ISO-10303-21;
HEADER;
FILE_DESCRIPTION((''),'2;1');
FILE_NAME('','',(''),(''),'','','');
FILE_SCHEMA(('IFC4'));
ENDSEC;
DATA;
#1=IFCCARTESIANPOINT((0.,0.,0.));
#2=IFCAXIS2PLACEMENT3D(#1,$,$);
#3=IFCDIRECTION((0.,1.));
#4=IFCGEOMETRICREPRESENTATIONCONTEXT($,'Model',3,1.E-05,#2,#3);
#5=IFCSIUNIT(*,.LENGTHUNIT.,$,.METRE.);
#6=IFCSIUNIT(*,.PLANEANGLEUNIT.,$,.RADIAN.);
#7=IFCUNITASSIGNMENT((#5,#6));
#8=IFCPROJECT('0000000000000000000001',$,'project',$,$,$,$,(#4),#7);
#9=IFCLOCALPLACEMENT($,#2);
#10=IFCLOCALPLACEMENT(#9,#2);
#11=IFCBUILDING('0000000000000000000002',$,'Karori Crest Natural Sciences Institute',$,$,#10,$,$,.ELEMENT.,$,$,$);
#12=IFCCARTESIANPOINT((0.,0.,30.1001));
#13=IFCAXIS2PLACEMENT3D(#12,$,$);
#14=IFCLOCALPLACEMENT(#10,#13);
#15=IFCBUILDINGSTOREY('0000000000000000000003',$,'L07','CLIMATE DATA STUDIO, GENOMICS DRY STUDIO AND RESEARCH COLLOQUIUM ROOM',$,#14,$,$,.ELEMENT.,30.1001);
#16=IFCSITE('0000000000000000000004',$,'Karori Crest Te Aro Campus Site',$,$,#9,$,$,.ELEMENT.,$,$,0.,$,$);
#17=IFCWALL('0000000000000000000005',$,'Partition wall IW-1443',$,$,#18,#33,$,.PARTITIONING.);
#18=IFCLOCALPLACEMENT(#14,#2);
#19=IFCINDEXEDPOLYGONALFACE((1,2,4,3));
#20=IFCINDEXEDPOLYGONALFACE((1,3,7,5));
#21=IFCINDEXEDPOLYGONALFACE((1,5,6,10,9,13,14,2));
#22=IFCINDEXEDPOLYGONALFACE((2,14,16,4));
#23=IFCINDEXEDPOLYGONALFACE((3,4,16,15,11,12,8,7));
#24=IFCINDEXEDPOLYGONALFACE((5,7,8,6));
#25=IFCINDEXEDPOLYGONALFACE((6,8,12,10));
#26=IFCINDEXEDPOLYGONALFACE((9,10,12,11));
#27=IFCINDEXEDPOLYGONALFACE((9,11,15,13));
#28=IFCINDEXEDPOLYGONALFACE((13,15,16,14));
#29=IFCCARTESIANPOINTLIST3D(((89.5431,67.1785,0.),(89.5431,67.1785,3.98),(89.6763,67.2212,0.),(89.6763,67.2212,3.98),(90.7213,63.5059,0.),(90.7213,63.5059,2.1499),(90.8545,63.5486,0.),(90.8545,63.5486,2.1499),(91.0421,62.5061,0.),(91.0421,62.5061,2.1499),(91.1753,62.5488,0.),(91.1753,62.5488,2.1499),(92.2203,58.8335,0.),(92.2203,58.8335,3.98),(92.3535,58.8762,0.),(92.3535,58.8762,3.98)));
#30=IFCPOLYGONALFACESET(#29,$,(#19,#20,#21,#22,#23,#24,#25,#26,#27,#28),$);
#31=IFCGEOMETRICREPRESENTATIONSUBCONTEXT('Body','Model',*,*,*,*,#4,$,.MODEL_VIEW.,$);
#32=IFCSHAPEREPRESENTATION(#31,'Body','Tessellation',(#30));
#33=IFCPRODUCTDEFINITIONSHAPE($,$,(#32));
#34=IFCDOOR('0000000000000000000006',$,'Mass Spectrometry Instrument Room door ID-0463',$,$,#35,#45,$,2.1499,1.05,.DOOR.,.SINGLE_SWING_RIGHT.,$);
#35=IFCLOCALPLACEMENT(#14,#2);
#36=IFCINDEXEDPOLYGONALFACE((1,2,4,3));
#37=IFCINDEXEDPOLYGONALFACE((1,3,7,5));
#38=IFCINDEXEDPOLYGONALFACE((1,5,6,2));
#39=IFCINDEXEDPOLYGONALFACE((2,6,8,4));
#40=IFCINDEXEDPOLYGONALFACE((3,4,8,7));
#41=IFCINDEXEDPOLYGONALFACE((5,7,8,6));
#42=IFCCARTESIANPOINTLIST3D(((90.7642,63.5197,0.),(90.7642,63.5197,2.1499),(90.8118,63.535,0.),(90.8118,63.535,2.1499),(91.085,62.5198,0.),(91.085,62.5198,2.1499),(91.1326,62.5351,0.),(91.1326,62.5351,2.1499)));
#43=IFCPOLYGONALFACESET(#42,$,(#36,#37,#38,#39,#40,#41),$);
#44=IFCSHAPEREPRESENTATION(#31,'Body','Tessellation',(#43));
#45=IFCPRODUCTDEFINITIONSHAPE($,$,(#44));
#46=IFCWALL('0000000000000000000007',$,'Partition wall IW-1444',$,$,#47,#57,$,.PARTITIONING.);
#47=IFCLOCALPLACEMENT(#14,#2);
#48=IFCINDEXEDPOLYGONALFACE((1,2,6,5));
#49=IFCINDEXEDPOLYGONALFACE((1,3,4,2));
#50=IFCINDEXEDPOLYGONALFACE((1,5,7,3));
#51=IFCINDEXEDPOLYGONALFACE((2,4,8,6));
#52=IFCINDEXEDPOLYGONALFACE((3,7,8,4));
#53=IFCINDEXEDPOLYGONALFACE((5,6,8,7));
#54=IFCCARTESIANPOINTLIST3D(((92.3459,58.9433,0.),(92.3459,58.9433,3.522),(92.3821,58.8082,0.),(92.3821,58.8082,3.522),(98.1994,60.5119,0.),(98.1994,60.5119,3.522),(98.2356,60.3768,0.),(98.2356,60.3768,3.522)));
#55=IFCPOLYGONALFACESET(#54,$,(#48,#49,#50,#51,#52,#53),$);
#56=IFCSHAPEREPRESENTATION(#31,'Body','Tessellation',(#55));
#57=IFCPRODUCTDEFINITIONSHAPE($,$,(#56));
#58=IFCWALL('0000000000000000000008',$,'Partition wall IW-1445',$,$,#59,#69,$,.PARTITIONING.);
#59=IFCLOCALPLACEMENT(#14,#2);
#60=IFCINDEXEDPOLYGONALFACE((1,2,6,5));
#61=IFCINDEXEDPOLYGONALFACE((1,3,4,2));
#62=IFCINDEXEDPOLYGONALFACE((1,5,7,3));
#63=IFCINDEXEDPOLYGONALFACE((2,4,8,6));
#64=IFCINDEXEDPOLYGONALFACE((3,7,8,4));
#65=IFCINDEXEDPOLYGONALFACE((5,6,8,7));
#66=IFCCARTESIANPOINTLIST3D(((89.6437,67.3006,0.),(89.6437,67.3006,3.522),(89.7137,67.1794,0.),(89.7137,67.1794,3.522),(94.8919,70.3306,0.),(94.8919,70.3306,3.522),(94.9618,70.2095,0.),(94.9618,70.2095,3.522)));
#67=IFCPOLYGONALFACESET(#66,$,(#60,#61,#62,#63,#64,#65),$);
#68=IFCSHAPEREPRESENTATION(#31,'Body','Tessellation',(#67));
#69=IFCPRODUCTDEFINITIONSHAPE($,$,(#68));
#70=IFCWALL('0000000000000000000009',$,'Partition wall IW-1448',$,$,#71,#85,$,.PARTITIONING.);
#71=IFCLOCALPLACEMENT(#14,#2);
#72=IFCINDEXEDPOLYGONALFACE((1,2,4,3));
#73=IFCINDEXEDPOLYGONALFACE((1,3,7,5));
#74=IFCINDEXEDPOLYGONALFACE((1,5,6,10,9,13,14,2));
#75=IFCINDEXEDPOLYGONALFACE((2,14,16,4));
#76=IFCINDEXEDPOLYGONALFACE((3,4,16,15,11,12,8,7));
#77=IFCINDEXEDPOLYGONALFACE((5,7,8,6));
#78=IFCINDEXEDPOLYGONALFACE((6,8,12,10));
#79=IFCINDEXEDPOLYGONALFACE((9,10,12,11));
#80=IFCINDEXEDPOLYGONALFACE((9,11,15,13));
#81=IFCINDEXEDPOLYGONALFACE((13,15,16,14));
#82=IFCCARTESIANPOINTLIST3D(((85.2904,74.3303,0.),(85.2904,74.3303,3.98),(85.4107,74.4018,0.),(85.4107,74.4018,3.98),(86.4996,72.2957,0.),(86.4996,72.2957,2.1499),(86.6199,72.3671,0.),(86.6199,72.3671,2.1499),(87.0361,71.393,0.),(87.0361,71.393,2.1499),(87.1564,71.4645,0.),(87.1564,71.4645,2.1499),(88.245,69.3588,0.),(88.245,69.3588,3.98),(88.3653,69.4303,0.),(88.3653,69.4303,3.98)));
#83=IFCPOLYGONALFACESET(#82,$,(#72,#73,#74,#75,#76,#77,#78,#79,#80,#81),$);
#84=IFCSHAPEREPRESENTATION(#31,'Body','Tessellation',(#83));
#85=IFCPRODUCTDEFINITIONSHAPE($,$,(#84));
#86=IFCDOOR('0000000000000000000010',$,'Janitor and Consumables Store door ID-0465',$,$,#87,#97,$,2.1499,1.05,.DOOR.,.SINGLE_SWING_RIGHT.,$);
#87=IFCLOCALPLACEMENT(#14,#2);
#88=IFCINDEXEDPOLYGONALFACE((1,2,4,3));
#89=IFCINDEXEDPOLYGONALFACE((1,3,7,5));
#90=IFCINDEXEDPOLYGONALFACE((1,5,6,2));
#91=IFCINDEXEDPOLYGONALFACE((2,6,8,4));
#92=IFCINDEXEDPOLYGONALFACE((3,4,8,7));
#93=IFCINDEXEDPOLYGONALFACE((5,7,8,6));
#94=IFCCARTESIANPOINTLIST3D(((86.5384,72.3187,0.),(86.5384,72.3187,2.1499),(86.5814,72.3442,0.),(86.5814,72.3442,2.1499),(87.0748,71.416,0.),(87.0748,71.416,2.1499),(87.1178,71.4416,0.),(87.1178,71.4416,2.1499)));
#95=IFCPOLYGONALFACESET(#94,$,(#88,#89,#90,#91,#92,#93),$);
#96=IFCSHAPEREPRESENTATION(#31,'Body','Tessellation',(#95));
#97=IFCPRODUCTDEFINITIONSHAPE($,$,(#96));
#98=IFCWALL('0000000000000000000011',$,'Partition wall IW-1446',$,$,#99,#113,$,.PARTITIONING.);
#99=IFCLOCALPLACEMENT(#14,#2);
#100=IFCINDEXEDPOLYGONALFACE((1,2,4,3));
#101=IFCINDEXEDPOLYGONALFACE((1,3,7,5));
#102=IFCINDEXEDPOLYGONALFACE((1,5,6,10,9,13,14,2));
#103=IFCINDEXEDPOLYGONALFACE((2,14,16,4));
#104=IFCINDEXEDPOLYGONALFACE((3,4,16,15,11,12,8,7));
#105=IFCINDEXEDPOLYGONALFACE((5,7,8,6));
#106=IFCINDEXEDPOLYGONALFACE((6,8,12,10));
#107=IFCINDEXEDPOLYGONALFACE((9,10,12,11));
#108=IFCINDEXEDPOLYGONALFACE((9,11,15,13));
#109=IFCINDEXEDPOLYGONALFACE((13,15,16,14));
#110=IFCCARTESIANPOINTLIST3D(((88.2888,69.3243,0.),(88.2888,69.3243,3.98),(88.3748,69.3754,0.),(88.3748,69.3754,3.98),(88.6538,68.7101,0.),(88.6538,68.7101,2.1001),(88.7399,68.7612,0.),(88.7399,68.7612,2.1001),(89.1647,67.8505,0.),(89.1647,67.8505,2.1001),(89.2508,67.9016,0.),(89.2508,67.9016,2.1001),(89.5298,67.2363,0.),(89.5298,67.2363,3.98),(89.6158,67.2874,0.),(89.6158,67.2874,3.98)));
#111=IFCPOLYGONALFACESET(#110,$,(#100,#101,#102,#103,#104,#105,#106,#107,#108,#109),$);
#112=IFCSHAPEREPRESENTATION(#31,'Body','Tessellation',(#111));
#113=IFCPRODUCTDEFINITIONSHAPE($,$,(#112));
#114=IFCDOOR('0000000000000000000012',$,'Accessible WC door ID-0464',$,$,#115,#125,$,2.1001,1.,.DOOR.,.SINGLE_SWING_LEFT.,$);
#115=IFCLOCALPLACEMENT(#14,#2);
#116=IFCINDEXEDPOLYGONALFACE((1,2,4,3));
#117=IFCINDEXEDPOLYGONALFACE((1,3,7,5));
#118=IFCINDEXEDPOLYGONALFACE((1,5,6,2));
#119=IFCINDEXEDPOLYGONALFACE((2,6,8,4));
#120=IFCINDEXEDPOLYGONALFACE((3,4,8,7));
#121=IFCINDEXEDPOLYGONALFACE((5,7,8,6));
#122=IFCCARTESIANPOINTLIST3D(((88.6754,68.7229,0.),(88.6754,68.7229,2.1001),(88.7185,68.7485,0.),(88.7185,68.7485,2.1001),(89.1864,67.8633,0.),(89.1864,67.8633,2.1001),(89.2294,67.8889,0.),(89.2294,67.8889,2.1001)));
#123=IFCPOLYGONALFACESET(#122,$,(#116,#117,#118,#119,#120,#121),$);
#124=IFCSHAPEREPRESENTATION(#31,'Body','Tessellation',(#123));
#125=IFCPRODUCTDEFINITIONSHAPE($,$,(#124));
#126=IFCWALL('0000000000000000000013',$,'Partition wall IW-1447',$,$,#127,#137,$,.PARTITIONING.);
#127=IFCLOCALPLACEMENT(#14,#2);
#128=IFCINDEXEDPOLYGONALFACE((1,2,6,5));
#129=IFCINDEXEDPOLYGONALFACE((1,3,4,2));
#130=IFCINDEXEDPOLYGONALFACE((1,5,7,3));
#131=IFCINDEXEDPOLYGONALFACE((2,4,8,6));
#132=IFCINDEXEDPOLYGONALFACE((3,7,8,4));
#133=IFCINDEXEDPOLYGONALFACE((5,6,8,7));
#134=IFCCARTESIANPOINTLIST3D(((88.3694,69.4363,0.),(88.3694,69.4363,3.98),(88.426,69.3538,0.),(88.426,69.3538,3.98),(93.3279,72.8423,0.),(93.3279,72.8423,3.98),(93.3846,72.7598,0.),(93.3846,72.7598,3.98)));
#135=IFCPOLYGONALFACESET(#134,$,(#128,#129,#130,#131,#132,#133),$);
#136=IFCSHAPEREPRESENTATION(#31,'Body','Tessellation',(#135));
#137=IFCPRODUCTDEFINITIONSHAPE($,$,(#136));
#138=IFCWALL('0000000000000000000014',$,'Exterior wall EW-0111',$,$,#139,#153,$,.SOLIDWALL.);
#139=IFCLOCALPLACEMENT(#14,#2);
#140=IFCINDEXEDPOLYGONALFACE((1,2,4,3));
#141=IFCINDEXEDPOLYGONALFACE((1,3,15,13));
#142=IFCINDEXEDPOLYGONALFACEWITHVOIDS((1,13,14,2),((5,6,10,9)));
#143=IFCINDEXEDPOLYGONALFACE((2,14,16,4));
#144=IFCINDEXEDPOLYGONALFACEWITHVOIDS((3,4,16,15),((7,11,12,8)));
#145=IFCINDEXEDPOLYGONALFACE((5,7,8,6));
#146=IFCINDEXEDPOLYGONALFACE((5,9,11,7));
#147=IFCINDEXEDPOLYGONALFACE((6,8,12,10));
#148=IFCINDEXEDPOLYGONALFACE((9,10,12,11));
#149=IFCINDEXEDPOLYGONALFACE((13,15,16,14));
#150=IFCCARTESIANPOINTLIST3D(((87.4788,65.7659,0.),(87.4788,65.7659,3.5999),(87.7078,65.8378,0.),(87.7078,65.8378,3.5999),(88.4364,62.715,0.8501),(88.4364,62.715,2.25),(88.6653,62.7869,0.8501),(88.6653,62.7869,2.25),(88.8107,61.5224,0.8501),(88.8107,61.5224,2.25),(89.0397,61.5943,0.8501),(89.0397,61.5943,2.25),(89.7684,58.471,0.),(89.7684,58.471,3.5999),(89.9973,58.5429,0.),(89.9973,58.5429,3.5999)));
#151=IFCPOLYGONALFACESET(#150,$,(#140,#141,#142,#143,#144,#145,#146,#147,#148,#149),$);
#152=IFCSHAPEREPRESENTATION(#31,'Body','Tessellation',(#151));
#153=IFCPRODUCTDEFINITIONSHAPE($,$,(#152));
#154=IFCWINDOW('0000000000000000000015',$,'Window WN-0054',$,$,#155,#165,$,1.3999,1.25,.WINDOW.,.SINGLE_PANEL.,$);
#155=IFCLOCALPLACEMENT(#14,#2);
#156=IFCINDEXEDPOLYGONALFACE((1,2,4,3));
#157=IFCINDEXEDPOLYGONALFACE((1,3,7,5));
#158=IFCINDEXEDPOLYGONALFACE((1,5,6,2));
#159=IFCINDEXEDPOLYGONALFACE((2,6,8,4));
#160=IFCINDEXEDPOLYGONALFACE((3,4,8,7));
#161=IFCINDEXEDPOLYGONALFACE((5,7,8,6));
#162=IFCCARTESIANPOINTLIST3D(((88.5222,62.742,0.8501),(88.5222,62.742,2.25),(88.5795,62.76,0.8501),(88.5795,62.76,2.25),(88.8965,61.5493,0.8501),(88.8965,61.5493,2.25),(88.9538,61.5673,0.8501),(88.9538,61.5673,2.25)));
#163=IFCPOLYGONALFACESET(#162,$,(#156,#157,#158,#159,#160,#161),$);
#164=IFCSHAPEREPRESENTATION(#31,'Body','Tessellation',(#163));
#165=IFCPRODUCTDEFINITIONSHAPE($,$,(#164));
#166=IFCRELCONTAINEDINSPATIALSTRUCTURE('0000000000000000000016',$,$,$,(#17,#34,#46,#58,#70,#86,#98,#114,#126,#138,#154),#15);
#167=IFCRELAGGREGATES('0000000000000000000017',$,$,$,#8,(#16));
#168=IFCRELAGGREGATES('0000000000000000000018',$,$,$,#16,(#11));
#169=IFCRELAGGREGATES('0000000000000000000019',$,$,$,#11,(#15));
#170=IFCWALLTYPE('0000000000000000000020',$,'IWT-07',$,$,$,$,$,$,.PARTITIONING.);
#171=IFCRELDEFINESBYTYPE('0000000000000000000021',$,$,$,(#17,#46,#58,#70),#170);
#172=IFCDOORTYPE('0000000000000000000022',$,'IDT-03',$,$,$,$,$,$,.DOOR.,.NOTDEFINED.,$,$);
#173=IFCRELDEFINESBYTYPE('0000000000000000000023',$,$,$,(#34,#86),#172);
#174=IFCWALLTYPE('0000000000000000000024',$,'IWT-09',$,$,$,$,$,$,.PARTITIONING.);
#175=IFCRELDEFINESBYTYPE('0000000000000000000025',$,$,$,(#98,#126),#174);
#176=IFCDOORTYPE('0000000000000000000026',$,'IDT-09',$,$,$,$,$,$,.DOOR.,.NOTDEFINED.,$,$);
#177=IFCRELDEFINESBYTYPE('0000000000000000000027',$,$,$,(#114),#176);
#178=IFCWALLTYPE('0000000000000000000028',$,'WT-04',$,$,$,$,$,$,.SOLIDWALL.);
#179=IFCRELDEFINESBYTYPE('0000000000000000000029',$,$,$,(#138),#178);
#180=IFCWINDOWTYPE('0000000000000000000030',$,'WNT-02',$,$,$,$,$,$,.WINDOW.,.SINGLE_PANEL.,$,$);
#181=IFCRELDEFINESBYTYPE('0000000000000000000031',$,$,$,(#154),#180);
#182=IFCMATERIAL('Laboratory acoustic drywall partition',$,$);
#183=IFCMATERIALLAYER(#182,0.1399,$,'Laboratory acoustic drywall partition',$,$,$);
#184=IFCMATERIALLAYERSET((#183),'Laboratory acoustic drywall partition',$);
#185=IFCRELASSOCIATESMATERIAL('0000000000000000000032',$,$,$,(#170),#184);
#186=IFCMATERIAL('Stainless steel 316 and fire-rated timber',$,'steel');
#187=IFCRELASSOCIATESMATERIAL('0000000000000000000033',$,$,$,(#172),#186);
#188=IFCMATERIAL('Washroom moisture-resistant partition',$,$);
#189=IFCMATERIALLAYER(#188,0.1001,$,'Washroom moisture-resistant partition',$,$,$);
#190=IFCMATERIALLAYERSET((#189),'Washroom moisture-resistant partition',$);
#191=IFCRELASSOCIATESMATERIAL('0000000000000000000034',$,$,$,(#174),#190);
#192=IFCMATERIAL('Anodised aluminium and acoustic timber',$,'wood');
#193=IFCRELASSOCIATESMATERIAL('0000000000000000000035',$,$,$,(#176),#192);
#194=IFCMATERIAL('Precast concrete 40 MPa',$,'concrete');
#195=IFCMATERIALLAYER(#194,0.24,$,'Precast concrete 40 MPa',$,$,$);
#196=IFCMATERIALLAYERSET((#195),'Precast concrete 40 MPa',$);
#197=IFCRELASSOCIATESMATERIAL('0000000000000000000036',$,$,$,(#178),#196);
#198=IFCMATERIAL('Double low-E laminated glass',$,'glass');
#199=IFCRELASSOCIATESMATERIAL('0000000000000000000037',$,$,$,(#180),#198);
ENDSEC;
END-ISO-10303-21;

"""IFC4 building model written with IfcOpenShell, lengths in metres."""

from ifc_helpers import new_model, si_unit, direction, frame, frame_2d, origin, place, context, subcontext, project, spatial, rectangle, extrude, material, layer, layer_set, type_object, element, fill, save


model = new_model("IFC4")

# Units and contexts
model_context = context("Model", 3, precision=1e-05, world=origin(), true_north=direction((0.0, 1.0)))
body_context = subcontext(model_context, "Body", "Model", "MODEL_VIEW")
ifc_project = project(units=[si_unit("LENGTHUNIT", "METRE"), si_unit("PLANEANGLEUNIT", "RADIAN")], contexts=[model_context])

# Site, building, storey
site_placement = place(None, origin())
site = spatial("IfcSite", under=ifc_project, at=site_placement, Name="Karori Crest Te Aro Campus Site", CompositionType="ELEMENT", RefElevation=0.0)
building_placement = place(site_placement, origin())
building = spatial("IfcBuilding", under=site, at=building_placement, Name="Karori Crest Natural Sciences Institute", CompositionType="ELEMENT")
storey_placement = place(building_placement, frame((0.0, 0.0, 30.1001)))
storey = spatial("IfcBuildingStorey", under=building, at=storey_placement, Name="L07", Description="CLIMATE DATA STUDIO, GENOMICS DRY STUDIO AND RESEARCH COLLOQUIUM ROOM", CompositionType="ELEMENT", Elevation=30.1001)

# Shared definitions
ifc_material_1 = material(Name="Double low-E laminated glass", Category="glass")

# Wall, opening, door
ifc_material_2 = material(Name="Laboratory acoustic drywall partition")
ifc_layer_1 = layer(ifc_material_2, 0.1399, Name="Laboratory acoustic drywall partition")
ifc_layer_set_1 = layer_set([ifc_layer_1], Name="Laboratory acoustic drywall partition")
wall_type_1 = type_object("IfcWallType", Name="IWT-07", PredefinedType="PARTITIONING", material=ifc_layer_set_1)
wall_1_placement = place(storey_placement, frame((92.2869, 58.855, 0.0), z_axis=(0.0, 0.0, 1.0), x_axis=(-0.305485, 0.952197, 0.0)))
wall_1 = element("IfcWall", 1, at=wall_1_placement, inside=storey, type_object=wall_type_1, Name="Partition wall IW-1443", PredefinedType="PARTITIONING", context=body_context, shape_type="SweptSolid", body=[
    extrude(rectangle(XDim=8.7639, YDim=0.1399, at=frame_2d((4.3818, 0.0))), origin(), (0.0, 0.0, 1.0), 3.98),
])
opening_1_placement = place(wall_1_placement, frame((3.8569, 0.0, 0.0)))
opening_1 = element("IfcOpeningElement", 2, at=opening_1_placement, cuts=wall_1, PredefinedType="OPENING", context=body_context, shape_type="SweptSolid", body=[
    extrude(rectangle(XDim=1.05, YDim=2.1499, at=frame_2d((0.5249, 1.075))), frame((0.0, 0.0801, 0.0), z_axis=(0.0, -1.0, 0.0), x_axis=(1.0, 0.0, 0.0)), (0.0, 0.0, 1.0), 0.1599),
])
ifc_material_3 = material(Name="Stainless steel 316 and fire-rated timber", Category="steel")
door_type_1 = type_object("IfcDoorType", Name="IDT-03", OperationType="NOTDEFINED", PredefinedType="DOOR", material=ifc_material_3)
door_1_placement = place(opening_1_placement, origin())
door_1 = element("IfcDoor", 3, at=door_1_placement, inside=storey, type_object=door_type_1, Name="Mass Spectrometry Instrument Room door ID-0463", OperationType="SINGLE_SWING_RIGHT", OverallHeight=2.1499, OverallWidth=1.05, PredefinedType="DOOR", context=body_context, shape_type="SweptSolid", body=[
    extrude(rectangle(XDim=1.05, YDim=2.1499, at=frame_2d((0.5249, 1.075))), frame((0.0, 0.0249, 0.0), z_axis=(0.0, -1.0, 0.0), x_axis=(1.0, 0.0, 0.0)), (0.0, 0.0, 1.0), 0.05),
])
fill(opening_1, door_1)

# Walls
for number, where, z_axis, x_axis, name in (
    (4, (92.364, 58.8757, 0.0), (0.0, 0.0, 1.0), (0.965919, 0.258843, 0.0), "Partition wall IW-1444"),
    (5, (89.6787, 67.24, 0.0), (0.0, 0.0, 1.0), (0.866021, 0.500008, 0.0), "Partition wall IW-1445"),
):
    element("IfcWall", number, at=place(storey_placement, frame(where, z_axis=z_axis, x_axis=x_axis)), inside=storey, type_object=wall_type_1, Name=name, PredefinedType="PARTITIONING", context=body_context, shape_type="SweptSolid", body=[
        extrude(rectangle(XDim=6.0601, YDim=0.1399, at=frame_2d((3.03, 0.0))), origin(), (0.0, 0.0, 1.0), 3.522),
    ])

# Walls, openings, doors
wall_2_placement = place(storey_placement, frame((88.3052, 69.3945, 0.0), z_axis=(0.0, 0.0, 1.0), x_axis=(-0.510897, 0.859642, 0.0)))
wall_2 = element("IfcWall", 6, at=wall_2_placement, inside=storey, type_object=wall_type_1, Name="Partition wall IW-1448", PredefinedType="PARTITIONING", context=body_context, shape_type="SweptSolid", body=[
    extrude(rectangle(XDim=5.7832, YDim=0.1399, at=frame_2d((2.8916, 0.0))), origin(), (0.0, 0.0, 1.0), 3.98),
])
opening_2_placement = place(wall_2_placement, frame((2.3665, 0.0, 0.0)))
opening_2 = element("IfcOpeningElement", 7, at=opening_2_placement, cuts=wall_2, PredefinedType="OPENING", context=body_context, shape_type="SweptSolid", body=[
    extrude(rectangle(XDim=1.05, YDim=2.1499, at=frame_2d((0.5249, 1.075))), frame((0.0, 0.0801, 0.0), z_axis=(0.0, -1.0, 0.0), x_axis=(1.0, 0.0, 0.0)), (0.0, 0.0, 1.0), 0.1599),
])
door_2_placement = place(opening_2_placement, origin())
door_2 = element("IfcDoor", 8, at=door_2_placement, inside=storey, type_object=door_type_1, Name="Janitor and Consumables Store door ID-0465", OperationType="SINGLE_SWING_RIGHT", OverallHeight=2.1499, OverallWidth=1.05, PredefinedType="DOOR", context=body_context, shape_type="SweptSolid", body=[
    extrude(rectangle(XDim=1.05, YDim=2.1499, at=frame_2d((0.5249, 1.075))), frame((0.0, 0.0249, 0.0), z_axis=(0.0, -1.0, 0.0), x_axis=(1.0, 0.0, 0.0)), (0.0, 0.0, 1.0), 0.05),
])
fill(opening_2, door_2)
ifc_material_4 = material(Name="Washroom moisture-resistant partition")
ifc_layer_2 = layer(ifc_material_4, 0.1001, Name="Washroom moisture-resistant partition")
ifc_layer_set_2 = layer_set([ifc_layer_2], Name="Washroom moisture-resistant partition")
wall_type_2 = type_object("IfcWallType", Name="IWT-09", PredefinedType="PARTITIONING", material=ifc_layer_set_2)
wall_3_placement = place(storey_placement, frame((89.5728, 67.262, 0.0), z_axis=(0.0, 0.0, 1.0), x_axis=(-0.510929, 0.859623, 0.0)))
wall_3 = element("IfcWall", 9, at=wall_3_placement, inside=storey, type_object=wall_type_2, Name="Partition wall IW-1446", PredefinedType="PARTITIONING", context=body_context, shape_type="SweptSolid", body=[
    extrude(rectangle(XDim=2.429, YDim=0.1001, at=frame_2d((1.2144, 0.0))), origin(), (0.0, 0.0, 1.0), 3.98),
])
opening_3_placement = place(wall_3_placement, frame((0.7144, 0.0, 0.0)))
opening_3 = element("IfcOpeningElement", 10, at=opening_3_placement, cuts=wall_3, PredefinedType="OPENING", context=body_context, shape_type="SweptSolid", body=[
    extrude(rectangle(XDim=1.0, YDim=2.1001, at=frame_2d((0.5, 1.05))), frame((0.0, 0.0601, 0.0), z_axis=(0.0, -1.0, 0.0), x_axis=(1.0, 0.0, 0.0)), (0.0, 0.0, 1.0), 0.1201),
])
ifc_material_5 = material(Name="Anodised aluminium and acoustic timber", Category="wood")
door_type_2 = type_object("IfcDoorType", Name="IDT-09", OperationType="NOTDEFINED", PredefinedType="DOOR", material=ifc_material_5)
door_3_placement = place(opening_3_placement, origin())
door_3 = element("IfcDoor", 11, at=door_3_placement, inside=storey, type_object=door_type_2, Name="Accessible WC door ID-0464", OperationType="SINGLE_SWING_LEFT", OverallHeight=2.1001, OverallWidth=1.0, PredefinedType="DOOR", context=body_context, shape_type="SweptSolid", body=[
    extrude(rectangle(XDim=1.0, YDim=2.1001, at=frame_2d((0.5, 1.05))), frame((0.0, 0.0249, 0.0), z_axis=(0.0, -1.0, 0.0), x_axis=(1.0, 0.0, 0.0)), (0.0, 0.0, 1.0), 0.05),
])
fill(opening_3, door_3)

# Wall
wall_4_placement = place(storey_placement, frame((88.3977, 69.395, 0.0), z_axis=(0.0, 0.0, 1.0), x_axis=(0.824272, 0.566195, 0.0)))
element("IfcWall", 12, at=wall_4_placement, inside=storey, type_object=wall_type_2, Name="Partition wall IW-1447", PredefinedType="PARTITIONING", context=body_context, shape_type="SweptSolid", body=[
    extrude(rectangle(XDim=6.0156, YDim=0.1001, at=frame_2d((3.0078, 0.0))), origin(), (0.0, 0.0, 1.0), 3.98),
])

# Wall, opening, window
ifc_material_6 = material(Name="Precast concrete 40 MPa", Category="concrete")
ifc_layer_3 = layer(ifc_material_6, 0.24, Name="Precast concrete 40 MPa")
ifc_layer_set_3 = layer_set([ifc_layer_3], Name="Precast concrete 40 MPa")
wall_type_3 = type_object("IfcWallType", Name="WT-04", PredefinedType="SOLIDWALL", material=ifc_layer_set_3)
wall_5_placement = place(storey_placement, frame((89.8828, 58.5071, 0.0), z_axis=(0.0, 0.0, 1.0), x_axis=(-0.299453, 0.954111, 0.0)))
wall_5 = element("IfcWall", 13, at=wall_5_placement, inside=storey, type_object=wall_type_3, Name="Exterior wall EW-0111", PredefinedType="SOLIDWALL", context=body_context, shape_type="SweptSolid", body=[
    extrude(rectangle(XDim=7.6458, YDim=0.24, at=frame_2d((3.8228, 0.0))), origin(), (0.0, 0.0, 1.0), 3.5999),
])
opening_4_placement = place(wall_5_placement, frame((3.198, 0.0, 0.8501)))
opening_4 = element("IfcOpeningElement", 14, at=opening_4_placement, cuts=wall_5, PredefinedType="OPENING", context=body_context, shape_type="SweptSolid", body=[
    extrude(rectangle(XDim=1.25, YDim=1.3999, at=frame_2d((0.625, 0.7))), frame((0.0, 0.1299, 0.0), z_axis=(0.0, -1.0, 0.0), x_axis=(1.0, 0.0, 0.0)), (0.0, 0.0, 1.0), 0.26),
])
window_type = type_object("IfcWindowType", Name="WNT-02", PartitioningType="SINGLE_PANEL", PredefinedType="WINDOW", material=ifc_material_1)
window_placement = place(opening_4_placement, origin())
window = element("IfcWindow", 15, at=window_placement, inside=storey, type_object=window_type, Name="Window WN-0054", OverallHeight=1.3999, OverallWidth=1.25, PartitioningType="SINGLE_PANEL", PredefinedType="WINDOW", context=body_context, shape_type="SweptSolid", body=[
    extrude(rectangle(XDim=1.25, YDim=1.3999, at=frame_2d((0.625, 0.7))), frame((0.0, 0.03, 0.0), z_axis=(0.0, -1.0, 0.0), x_axis=(1.0, 0.0, 0.0)), (0.0, 0.0, 1.0), 0.0601),
])
fill(opening_4, window)

save(model, "model.ifc")
